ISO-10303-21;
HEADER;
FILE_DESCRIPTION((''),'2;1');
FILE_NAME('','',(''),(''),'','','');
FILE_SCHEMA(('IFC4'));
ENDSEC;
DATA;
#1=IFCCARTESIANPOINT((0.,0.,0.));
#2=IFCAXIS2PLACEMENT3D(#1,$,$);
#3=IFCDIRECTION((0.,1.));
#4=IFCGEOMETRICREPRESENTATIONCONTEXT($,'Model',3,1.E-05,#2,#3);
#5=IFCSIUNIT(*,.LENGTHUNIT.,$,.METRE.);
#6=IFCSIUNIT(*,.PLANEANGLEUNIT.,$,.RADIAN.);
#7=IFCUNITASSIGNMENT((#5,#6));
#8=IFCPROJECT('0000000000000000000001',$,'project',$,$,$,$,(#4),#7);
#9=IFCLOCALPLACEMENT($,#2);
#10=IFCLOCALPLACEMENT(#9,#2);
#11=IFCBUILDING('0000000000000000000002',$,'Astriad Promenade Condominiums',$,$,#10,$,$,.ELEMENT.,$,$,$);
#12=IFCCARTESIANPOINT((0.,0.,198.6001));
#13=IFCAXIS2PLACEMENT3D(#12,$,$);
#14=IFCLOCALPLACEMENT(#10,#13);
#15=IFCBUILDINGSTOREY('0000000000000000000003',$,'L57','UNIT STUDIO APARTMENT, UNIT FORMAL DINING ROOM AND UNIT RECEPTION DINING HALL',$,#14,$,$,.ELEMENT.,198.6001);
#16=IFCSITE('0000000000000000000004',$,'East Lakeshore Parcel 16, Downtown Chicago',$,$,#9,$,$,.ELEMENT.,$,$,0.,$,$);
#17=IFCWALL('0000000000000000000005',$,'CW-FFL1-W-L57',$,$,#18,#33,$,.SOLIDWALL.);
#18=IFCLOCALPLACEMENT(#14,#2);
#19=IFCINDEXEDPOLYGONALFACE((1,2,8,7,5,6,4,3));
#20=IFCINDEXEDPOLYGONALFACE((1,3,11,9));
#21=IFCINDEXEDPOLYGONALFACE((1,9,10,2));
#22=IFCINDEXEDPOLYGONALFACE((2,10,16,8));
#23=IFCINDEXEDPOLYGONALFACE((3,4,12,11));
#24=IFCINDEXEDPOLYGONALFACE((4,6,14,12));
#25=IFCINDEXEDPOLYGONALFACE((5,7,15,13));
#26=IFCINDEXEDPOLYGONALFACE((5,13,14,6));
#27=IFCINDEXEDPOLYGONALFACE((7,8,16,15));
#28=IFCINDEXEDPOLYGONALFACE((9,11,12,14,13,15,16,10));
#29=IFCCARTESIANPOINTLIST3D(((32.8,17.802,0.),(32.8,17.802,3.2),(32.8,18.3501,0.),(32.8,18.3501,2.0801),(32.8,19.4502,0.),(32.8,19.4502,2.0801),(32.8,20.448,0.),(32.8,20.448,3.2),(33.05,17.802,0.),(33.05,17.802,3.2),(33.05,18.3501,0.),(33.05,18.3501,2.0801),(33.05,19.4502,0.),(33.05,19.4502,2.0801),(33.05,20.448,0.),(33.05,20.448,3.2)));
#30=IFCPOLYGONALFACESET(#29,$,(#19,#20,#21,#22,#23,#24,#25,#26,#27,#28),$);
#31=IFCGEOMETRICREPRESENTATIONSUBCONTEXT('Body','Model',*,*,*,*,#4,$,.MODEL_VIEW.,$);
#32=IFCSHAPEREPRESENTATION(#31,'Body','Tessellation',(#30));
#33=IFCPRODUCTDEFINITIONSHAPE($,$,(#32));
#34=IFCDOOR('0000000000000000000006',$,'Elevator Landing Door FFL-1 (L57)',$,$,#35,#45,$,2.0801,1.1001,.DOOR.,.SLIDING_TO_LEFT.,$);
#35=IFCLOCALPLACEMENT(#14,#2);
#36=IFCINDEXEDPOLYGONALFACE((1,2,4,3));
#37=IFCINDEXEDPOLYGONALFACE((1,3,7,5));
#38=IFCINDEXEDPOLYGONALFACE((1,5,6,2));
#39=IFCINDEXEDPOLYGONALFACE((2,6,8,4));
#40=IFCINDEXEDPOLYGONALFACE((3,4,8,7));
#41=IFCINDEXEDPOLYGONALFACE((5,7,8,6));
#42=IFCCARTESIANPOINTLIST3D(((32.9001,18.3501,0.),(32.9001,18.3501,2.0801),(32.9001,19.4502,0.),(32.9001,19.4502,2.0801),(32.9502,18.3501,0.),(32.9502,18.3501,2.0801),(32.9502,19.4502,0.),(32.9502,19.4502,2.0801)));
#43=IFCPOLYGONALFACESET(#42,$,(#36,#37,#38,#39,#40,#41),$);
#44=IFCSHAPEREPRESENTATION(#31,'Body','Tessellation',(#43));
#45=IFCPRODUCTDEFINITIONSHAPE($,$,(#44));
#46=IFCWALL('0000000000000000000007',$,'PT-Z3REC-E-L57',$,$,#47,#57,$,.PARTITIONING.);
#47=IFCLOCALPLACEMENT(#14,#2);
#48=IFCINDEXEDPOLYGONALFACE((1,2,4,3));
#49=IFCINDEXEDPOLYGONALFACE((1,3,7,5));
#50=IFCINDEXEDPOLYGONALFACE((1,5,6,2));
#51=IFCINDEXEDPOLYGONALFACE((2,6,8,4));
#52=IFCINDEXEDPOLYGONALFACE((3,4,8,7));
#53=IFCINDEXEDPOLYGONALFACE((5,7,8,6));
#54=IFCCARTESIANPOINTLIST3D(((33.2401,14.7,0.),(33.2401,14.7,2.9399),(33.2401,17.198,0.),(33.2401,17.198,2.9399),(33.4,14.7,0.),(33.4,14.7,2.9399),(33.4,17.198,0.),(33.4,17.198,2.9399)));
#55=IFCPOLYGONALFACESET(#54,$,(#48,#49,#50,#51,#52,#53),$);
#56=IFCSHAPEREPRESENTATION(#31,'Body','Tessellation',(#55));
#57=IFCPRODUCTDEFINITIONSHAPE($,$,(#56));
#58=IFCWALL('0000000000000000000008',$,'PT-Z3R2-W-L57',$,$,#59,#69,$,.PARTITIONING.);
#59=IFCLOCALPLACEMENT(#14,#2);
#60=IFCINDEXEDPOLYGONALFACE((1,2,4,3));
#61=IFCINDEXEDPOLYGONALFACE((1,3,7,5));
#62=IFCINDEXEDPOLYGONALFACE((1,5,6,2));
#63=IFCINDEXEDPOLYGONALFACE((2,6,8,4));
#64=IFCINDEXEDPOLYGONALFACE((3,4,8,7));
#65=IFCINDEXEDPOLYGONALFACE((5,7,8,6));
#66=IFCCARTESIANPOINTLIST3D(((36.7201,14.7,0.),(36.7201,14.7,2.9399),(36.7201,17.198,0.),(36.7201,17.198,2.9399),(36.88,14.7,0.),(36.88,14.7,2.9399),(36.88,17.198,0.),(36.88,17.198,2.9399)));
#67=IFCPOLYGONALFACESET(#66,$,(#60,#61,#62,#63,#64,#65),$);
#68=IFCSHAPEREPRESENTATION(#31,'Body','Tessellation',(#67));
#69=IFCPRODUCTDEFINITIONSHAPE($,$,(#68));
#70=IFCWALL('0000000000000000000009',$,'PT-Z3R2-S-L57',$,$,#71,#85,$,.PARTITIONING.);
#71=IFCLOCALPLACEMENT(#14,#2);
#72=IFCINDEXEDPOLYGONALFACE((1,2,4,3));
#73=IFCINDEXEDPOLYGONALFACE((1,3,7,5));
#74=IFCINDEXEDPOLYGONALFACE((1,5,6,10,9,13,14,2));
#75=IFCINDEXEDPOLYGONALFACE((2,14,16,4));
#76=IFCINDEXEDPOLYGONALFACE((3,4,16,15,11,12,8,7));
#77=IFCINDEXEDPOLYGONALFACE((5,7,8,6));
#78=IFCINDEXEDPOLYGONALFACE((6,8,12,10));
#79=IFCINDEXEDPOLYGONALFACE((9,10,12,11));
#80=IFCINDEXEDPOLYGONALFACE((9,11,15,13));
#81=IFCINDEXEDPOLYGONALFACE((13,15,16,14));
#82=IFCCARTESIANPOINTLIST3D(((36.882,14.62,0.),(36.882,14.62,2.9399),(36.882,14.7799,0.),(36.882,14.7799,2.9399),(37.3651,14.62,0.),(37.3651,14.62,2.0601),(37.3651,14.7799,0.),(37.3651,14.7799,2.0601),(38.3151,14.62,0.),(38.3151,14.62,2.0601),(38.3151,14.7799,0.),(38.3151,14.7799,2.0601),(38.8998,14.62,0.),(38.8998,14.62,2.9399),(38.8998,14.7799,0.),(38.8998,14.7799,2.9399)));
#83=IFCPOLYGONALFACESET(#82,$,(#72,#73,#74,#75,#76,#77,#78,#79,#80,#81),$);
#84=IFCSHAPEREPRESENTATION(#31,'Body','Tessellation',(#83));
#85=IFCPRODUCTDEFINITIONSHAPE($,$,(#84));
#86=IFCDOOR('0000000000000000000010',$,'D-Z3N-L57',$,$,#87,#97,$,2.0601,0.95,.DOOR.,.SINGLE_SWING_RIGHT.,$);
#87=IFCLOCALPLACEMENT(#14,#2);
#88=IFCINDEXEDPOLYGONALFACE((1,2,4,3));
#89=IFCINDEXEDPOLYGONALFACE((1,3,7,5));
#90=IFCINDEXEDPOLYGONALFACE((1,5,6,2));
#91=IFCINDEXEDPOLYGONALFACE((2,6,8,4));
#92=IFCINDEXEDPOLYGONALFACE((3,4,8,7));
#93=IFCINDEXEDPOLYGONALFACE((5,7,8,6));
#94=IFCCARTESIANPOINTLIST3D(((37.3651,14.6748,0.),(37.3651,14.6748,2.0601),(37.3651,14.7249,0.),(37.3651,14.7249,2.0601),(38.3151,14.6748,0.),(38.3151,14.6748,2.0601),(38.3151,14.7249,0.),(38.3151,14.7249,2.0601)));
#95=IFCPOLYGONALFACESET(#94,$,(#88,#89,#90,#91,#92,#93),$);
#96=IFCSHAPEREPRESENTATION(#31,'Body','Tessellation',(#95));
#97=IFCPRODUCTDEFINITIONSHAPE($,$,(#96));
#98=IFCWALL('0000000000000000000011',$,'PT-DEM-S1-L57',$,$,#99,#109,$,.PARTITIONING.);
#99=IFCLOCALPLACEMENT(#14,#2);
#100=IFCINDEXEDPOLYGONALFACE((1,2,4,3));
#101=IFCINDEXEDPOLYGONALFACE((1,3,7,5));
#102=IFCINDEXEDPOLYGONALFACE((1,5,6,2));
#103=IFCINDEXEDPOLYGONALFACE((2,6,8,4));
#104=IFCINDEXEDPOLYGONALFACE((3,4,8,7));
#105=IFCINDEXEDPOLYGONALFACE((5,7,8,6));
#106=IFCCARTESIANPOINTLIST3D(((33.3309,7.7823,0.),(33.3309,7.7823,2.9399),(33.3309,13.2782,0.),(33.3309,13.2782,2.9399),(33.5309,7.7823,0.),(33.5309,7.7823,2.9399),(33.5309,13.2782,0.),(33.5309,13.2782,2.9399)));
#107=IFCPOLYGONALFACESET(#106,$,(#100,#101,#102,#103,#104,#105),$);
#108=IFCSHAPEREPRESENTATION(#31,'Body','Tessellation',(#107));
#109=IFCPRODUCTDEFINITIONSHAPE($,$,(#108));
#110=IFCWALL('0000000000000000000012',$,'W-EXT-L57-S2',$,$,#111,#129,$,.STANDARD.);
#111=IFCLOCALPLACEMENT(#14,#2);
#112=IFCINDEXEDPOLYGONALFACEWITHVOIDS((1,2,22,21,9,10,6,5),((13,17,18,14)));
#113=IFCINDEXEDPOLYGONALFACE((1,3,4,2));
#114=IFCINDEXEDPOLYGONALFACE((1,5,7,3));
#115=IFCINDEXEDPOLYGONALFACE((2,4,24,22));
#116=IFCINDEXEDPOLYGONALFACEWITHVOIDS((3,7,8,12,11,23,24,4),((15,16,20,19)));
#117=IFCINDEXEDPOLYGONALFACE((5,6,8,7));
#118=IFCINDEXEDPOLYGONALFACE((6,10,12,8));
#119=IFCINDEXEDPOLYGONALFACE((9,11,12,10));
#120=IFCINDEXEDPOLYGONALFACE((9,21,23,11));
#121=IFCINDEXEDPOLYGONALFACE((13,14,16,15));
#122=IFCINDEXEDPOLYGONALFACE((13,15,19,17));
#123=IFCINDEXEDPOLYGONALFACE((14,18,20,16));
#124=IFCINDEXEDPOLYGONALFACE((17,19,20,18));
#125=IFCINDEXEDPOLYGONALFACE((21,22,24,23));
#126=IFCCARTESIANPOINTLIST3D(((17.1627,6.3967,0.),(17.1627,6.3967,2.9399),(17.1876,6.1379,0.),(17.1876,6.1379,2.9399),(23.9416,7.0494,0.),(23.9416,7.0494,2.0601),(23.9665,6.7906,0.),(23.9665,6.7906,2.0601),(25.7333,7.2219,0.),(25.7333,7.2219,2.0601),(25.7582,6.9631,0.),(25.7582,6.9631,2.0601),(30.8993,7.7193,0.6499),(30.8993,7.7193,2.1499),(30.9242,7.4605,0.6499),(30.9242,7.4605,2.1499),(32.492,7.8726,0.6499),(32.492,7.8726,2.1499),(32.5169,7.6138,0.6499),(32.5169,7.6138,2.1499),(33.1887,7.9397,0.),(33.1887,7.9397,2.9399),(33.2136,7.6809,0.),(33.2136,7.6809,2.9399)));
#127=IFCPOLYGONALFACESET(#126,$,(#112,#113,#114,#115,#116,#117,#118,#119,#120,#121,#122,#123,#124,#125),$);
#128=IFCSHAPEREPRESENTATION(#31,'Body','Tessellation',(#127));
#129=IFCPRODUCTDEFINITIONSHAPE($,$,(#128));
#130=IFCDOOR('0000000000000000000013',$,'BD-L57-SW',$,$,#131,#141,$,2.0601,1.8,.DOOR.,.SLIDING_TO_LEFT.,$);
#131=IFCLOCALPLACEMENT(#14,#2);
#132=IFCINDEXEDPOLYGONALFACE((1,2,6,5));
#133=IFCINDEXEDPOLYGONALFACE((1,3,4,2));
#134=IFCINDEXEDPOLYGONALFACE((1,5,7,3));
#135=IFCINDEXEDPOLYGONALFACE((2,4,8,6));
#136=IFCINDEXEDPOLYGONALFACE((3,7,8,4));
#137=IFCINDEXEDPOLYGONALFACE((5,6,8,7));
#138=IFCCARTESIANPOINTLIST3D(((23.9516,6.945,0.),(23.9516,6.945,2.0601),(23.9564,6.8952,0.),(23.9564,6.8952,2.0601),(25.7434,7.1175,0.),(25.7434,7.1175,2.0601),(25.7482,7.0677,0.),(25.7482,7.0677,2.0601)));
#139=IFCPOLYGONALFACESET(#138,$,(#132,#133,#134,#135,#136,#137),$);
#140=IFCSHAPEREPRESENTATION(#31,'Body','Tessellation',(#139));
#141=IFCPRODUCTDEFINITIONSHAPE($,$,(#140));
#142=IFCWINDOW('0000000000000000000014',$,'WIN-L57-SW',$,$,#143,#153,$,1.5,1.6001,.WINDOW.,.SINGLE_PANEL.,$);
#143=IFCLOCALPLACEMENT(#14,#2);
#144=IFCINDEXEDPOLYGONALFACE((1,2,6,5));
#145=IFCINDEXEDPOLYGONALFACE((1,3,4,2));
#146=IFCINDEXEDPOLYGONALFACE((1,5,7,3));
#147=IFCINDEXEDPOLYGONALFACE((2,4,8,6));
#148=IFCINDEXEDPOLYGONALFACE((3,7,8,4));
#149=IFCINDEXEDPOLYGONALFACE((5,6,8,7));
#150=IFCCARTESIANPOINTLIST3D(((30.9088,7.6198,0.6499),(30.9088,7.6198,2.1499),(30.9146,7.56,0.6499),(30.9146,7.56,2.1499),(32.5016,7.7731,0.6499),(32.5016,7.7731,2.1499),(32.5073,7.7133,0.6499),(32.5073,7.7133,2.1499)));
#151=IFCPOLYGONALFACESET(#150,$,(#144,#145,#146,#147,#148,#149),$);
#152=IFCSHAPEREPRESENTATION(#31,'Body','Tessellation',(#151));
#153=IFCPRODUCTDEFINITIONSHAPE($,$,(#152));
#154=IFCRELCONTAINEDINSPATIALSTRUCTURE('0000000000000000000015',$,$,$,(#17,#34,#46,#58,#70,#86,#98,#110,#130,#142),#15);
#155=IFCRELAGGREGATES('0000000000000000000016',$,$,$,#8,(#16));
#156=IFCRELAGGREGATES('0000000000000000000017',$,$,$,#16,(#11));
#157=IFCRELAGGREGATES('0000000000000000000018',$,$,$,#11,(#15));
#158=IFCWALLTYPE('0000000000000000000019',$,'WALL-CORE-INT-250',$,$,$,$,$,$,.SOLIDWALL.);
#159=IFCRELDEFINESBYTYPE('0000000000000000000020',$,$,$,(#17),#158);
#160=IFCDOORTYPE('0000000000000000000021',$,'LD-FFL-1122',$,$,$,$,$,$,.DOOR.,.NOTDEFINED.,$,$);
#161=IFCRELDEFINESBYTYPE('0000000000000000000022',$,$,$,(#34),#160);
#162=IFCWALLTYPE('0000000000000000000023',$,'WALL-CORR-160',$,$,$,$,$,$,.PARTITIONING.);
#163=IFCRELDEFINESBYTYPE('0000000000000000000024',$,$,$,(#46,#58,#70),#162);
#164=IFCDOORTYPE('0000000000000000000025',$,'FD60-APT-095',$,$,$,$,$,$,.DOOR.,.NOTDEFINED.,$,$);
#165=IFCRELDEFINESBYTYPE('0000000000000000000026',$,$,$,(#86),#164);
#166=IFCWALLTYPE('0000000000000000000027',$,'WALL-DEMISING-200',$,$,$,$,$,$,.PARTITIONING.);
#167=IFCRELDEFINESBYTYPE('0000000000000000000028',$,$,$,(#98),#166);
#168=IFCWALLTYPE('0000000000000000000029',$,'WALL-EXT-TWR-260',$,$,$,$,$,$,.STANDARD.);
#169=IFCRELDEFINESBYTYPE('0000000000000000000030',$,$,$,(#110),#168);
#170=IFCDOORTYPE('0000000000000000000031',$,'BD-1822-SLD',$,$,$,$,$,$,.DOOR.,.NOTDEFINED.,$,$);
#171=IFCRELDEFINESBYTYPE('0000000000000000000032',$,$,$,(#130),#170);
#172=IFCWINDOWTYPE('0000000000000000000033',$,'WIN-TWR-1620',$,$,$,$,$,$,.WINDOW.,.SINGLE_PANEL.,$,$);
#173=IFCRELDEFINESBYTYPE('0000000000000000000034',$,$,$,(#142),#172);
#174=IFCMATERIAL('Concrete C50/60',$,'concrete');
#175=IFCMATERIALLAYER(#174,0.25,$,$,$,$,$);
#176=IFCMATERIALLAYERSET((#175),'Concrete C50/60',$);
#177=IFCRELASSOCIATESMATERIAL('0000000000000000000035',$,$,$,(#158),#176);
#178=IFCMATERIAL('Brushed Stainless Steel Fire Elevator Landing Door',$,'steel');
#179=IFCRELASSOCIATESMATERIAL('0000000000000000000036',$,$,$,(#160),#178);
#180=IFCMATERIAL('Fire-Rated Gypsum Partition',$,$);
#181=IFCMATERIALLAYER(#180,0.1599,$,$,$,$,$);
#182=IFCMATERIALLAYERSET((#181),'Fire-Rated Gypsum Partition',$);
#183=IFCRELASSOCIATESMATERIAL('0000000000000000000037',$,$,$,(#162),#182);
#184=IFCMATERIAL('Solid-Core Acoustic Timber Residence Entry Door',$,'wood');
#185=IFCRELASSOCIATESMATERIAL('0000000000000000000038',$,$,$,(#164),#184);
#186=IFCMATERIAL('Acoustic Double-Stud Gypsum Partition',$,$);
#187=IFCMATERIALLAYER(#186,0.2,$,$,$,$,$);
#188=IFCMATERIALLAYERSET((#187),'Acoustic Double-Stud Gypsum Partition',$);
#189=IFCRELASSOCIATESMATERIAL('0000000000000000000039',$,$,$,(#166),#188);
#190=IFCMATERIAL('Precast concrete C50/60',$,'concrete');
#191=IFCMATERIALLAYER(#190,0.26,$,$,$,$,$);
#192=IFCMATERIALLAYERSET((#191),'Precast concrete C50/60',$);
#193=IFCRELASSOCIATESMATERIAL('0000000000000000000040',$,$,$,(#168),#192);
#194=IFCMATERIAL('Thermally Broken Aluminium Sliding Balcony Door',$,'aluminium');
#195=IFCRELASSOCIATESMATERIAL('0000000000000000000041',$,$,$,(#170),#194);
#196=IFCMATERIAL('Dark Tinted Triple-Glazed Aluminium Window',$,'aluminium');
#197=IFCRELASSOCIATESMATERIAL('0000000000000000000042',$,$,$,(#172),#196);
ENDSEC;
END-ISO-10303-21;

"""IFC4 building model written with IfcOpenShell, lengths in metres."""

from ifc_helpers import new_model, si_unit, direction, frame, frame_2d, origin, place, context, subcontext, project, spatial, rectangle, extrude, source, transform, mapped, material, layer, layer_set, type_object, type_shapes, element, fill, save


model = new_model("IFC4")

# Units and contexts
model_context = context("Model", 3, precision=1e-05, world=origin(), true_north=direction((0.0, 1.0)))
body_context = subcontext(model_context, "Body", "Model", "MODEL_VIEW")
ifc_project = project(units=[si_unit("LENGTHUNIT", "METRE"), si_unit("PLANEANGLEUNIT", "RADIAN")], contexts=[model_context])

# Site, building, storey
site_placement = place(None, origin())
site = spatial("IfcSite", under=ifc_project, at=site_placement, Name="East Lakeshore Parcel 16, Downtown Chicago", CompositionType="ELEMENT", RefElevation=0.0)
building_placement = place(site_placement, origin())
building = spatial("IfcBuilding", under=site, at=building_placement, Name="Astriad Promenade Condominiums", CompositionType="ELEMENT")
storey_placement = place(building_placement, frame((0.0, 0.0, 198.6001)))
storey = spatial("IfcBuildingStorey", under=building, at=storey_placement, Name="L57", Description="UNIT STUDIO APARTMENT, UNIT FORMAL DINING ROOM AND UNIT RECEPTION DINING HALL", CompositionType="ELEMENT", Elevation=198.6001)

# Wall, opening, door
ifc_material_1 = material(Name="Concrete C50/60", Category="concrete")
ifc_layer_1 = layer(ifc_material_1, 0.25)
ifc_layer_set_1 = layer_set([ifc_layer_1], Name="Concrete C50/60")
wall_type_1 = type_object("IfcWallType", Name="WALL-CORE-INT-250", PredefinedType="SOLIDWALL", material=ifc_layer_set_1)
wall_1_placement = place(storey_placement, frame((32.925, 17.802, 0.0), z_axis=(0.0, 0.0, 1.0), x_axis=(0.0, 1.0, 0.0)))
wall_1 = element("IfcWall", 1, at=wall_1_placement, inside=storey, type_object=wall_type_1, Name="CW-FFL1-W-L57", PredefinedType="SOLIDWALL", context=body_context, shape_type="SweptSolid", body=[
    extrude(rectangle(XDim=2.646, YDim=0.25, at=frame_2d((1.323, 0.0))), origin(), (0.0, 0.0, 1.0), 3.2),
])
opening_1_placement = place(wall_1_placement, frame((0.5481, 0.0, 0.0)))
opening_1 = element("IfcOpeningElement", 2, at=opening_1_placement, cuts=wall_1, PredefinedType="OPENING", context=body_context, shape_type="SweptSolid", body=[
    extrude(rectangle(XDim=1.1001, YDim=2.0801, at=frame_2d((0.55, 1.04))), frame((0.0, 0.135, 0.0), z_axis=(0.0, -1.0, 0.0), x_axis=(1.0, 0.0, 0.0)), (0.0, 0.0, 1.0), 0.27),
])
ifc_material_2 = material(Name="Brushed Stainless Steel Fire Elevator Landing Door", Category="steel")
door_type_1 = type_object("IfcDoorType", Name="LD-FFL-1122", OperationType="NOTDEFINED", PredefinedType="DOOR", material=ifc_material_2)
shared_shape_1 = source(origin(), body_context, "Body", "SweptSolid", [
    extrude(rectangle(XDim=1.1001, YDim=2.0801, at=frame_2d((0.55, 1.04))), frame((0.0, 0.0249, 0.0), z_axis=(0.0, -1.0, 0.0), x_axis=(1.0, 0.0, 0.0)), (0.0, 0.0, 1.0), 0.05),
])
type_shapes(door_type_1, [shared_shape_1])
door_1_placement = place(opening_1_placement, origin())
door_1 = element("IfcDoor", 3, at=door_1_placement, inside=storey, type_object=door_type_1, Name="Elevator Landing Door FFL-1 (L57)", OperationType="SLIDING_TO_LEFT", OverallHeight=2.0801, OverallWidth=1.1001, PredefinedType="DOOR", context=body_context, shape_type="MappedRepresentation", body=[
    mapped(shared_shape_1, transform((0.0, 0.0, 0.0), scale=1.0)),
])
fill(opening_1, door_1)

# Walls
ifc_material_3 = material(Name="Fire-Rated Gypsum Partition")
ifc_layer_2 = layer(ifc_material_3, 0.1599)
ifc_layer_set_2 = layer_set([ifc_layer_2], Name="Fire-Rated Gypsum Partition")
wall_type_2 = type_object("IfcWallType", Name="WALL-CORR-160", PredefinedType="PARTITIONING", material=ifc_layer_set_2)
for number, where, z_axis, x_axis, name in (
    (4, (33.3201, 14.7, 0.0), (0.0, 0.0, 1.0), (0.0, 1.0, 0.0), "PT-Z3REC-E-L57"),
    (5, (36.8, 14.7, 0.0), (0.0, 0.0, 1.0), (0.0, 1.0, 0.0), "PT-Z3R2-W-L57"),
):
    element("IfcWall", number, at=place(storey_placement, frame(where, z_axis=z_axis, x_axis=x_axis)), inside=storey, type_object=wall_type_2, Name=name, PredefinedType="PARTITIONING", context=body_context, shape_type="SweptSolid", body=[
        extrude(rectangle(XDim=2.498, YDim=0.1599, at=frame_2d((1.249, 0.0))), origin(), (0.0, 0.0, 1.0), 2.9399),
    ])

# Wall, opening, door
wall_2_placement = place(storey_placement, frame((36.8821, 14.7, 0.0), z_axis=(0.0, 0.0, 1.0), x_axis=(1.0, 0.0, 0.0)))
wall_2 = element("IfcWall", 6, at=wall_2_placement, inside=storey, type_object=wall_type_2, Name="PT-Z3R2-S-L57", PredefinedType="PARTITIONING", context=body_context, shape_type="SweptSolid", body=[
    extrude(rectangle(XDim=2.0178, YDim=0.1599, at=frame_2d((1.0088, 0.0))), origin(), (0.0, 0.0, 1.0), 2.9399),
])
opening_2_placement = place(wall_2_placement, frame((0.4829, 0.0, 0.0)))
opening_2 = element("IfcOpeningElement", 7, at=opening_2_placement, cuts=wall_2, PredefinedType="OPENING", context=body_context, shape_type="SweptSolid", body=[
    extrude(rectangle(XDim=0.95, YDim=2.0601, at=frame_2d((0.4751, 1.03))), frame((0.0, 0.0898, 0.0), z_axis=(0.0, -1.0, 0.0), x_axis=(1.0, 0.0, 0.0)), (0.0, 0.0, 1.0), 0.1799),
])
ifc_material_4 = material(Name="Solid-Core Acoustic Timber Residence Entry Door", Category="wood")
door_type_2 = type_object("IfcDoorType", Name="FD60-APT-095", OperationType="NOTDEFINED", PredefinedType="DOOR", material=ifc_material_4)
shared_shape_2 = source(origin(), body_context, "Body", "SweptSolid", [
    extrude(rectangle(XDim=0.95, YDim=2.0601, at=frame_2d((0.4751, 1.03))), frame((0.0, 0.0249, 0.0), z_axis=(0.0, -1.0, 0.0), x_axis=(1.0, 0.0, 0.0)), (0.0, 0.0, 1.0), 0.05),
])
type_shapes(door_type_2, [shared_shape_2])
door_2_placement = place(opening_2_placement, origin())
door_2 = element("IfcDoor", 8, at=door_2_placement, inside=storey, type_object=door_type_2, Name="D-Z3N-L57", OperationType="SINGLE_SWING_RIGHT", OverallHeight=2.0601, OverallWidth=0.95, PredefinedType="DOOR", context=body_context, shape_type="MappedRepresentation", body=[
    mapped(shared_shape_2, transform((0.0, 0.0, 0.0), scale=1.0)),
])
fill(opening_2, door_2)

# Wall
ifc_material_5 = material(Name="Acoustic Double-Stud Gypsum Partition")
ifc_layer_3 = layer(ifc_material_5, 0.2)
ifc_layer_set_3 = layer_set([ifc_layer_3], Name="Acoustic Double-Stud Gypsum Partition")
wall_type_3 = type_object("IfcWallType", Name="WALL-DEMISING-200", PredefinedType="PARTITIONING", material=ifc_layer_set_3)
wall_3_placement = place(storey_placement, frame((33.4309, 7.7822, 0.0), z_axis=(0.0, 0.0, 1.0), x_axis=(0.0, 1.0, 0.0)))
element("IfcWall", 9, at=wall_3_placement, inside=storey, type_object=wall_type_3, Name="PT-DEM-S1-L57", PredefinedType="PARTITIONING", context=body_context, shape_type="SweptSolid", body=[
    extrude(rectangle(XDim=5.4958, YDim=0.2, at=frame_2d((2.748, 0.0))), origin(), (0.0, 0.0, 1.0), 2.9399),
])

# Wall, openings, door, window
ifc_material_6 = material(Name="Precast concrete C50/60", Category="concrete")
ifc_layer_4 = layer(ifc_material_6, 0.26)
ifc_layer_set_4 = layer_set([ifc_layer_4], Name="Precast concrete C50/60")
wall_type_4 = type_object("IfcWallType", Name="WALL-EXT-TWR-260", PredefinedType="STANDARD", material=ifc_layer_set_4)
wall_4_placement = place(storey_placement, frame((33.2012, 7.8103, 0.0), z_axis=(0.0, 0.0, 1.0), x_axis=(-0.995397, -0.095837, 0.0)))
wall_4 = element("IfcWall", 10, at=wall_4_placement, inside=storey, type_object=wall_type_4, Name="W-EXT-L57-S2", PredefinedType="STANDARD", context=body_context, shape_type="SweptSolid", body=[
    extrude(rectangle(XDim=16.1001, YDim=0.26, at=frame_2d((8.05, 0.0))), origin(), (0.0, 0.0, 1.0), 2.9399),
])
opening_3_placement = place(wall_4_placement, frame((7.49, 0.0, 0.0)))
opening_3 = element("IfcOpeningElement", 11, at=opening_3_placement, cuts=wall_4, PredefinedType="OPENING", context=body_context, shape_type="SweptSolid", body=[
    extrude(rectangle(XDim=1.8, YDim=2.0601, at=frame_2d((0.8999, 1.03))), frame((0.0, 0.1399, 0.0), z_axis=(0.0, -1.0, 0.0), x_axis=(1.0, 0.0, 0.0)), (0.0, 0.0, 1.0), 0.28),
])
opening_4_placement = place(wall_4_placement, frame((0.7, 0.0, 0.6499)))
opening_4 = element("IfcOpeningElement", 12, at=opening_4_placement, cuts=wall_4, PredefinedType="OPENING", context=body_context, shape_type="SweptSolid", body=[
    extrude(rectangle(XDim=1.6001, YDim=1.5, at=frame_2d((0.8, 0.75))), frame((0.0, 0.1399, 0.0), z_axis=(0.0, -1.0, 0.0), x_axis=(1.0, 0.0, 0.0)), (0.0, 0.0, 1.0), 0.28),
])
ifc_material_7 = material(Name="Thermally Broken Aluminium Sliding Balcony Door", Category="aluminium")
door_type_3 = type_object("IfcDoorType", Name="BD-1822-SLD", OperationType="NOTDEFINED", PredefinedType="DOOR", material=ifc_material_7)
shared_shape_3 = source(origin(), body_context, "Body", "SweptSolid", [
    extrude(rectangle(XDim=1.8, YDim=2.0601, at=frame_2d((0.8999, 1.03))), frame((0.0, 0.0249, 0.0), z_axis=(0.0, -1.0, 0.0), x_axis=(1.0, 0.0, 0.0)), (0.0, 0.0, 1.0), 0.05),
])
type_shapes(door_type_3, [shared_shape_3])
door_3_placement = place(opening_3_placement, origin())
door_3 = element("IfcDoor", 13, at=door_3_placement, inside=storey, type_object=door_type_3, Name="BD-L57-SW", OperationType="SLIDING_TO_LEFT", OverallHeight=2.0601, OverallWidth=1.8, PredefinedType="DOOR", context=body_context, shape_type="MappedRepresentation", body=[
    mapped(shared_shape_3, transform((0.0, 0.0, 0.0), scale=1.0)),
])
fill(opening_3, door_3)
ifc_material_8 = material(Name="Dark Tinted Triple-Glazed Aluminium Window", Category="aluminium")
window_type = type_object("IfcWindowType", Name="WIN-TWR-1620", PartitioningType="SINGLE_PANEL", PredefinedType="WINDOW", material=ifc_material_8)
shared_shape_4 = source(origin(), body_context, "Body", "SweptSolid", [
    extrude(rectangle(XDim=1.6001, YDim=1.5, at=frame_2d((0.8, 0.75))), frame((0.0, 0.03, 0.0), z_axis=(0.0, -1.0, 0.0), x_axis=(1.0, 0.0, 0.0)), (0.0, 0.0, 1.0), 0.0601),
])
type_shapes(window_type, [shared_shape_4])
window_placement = place(opening_4_placement, origin())
window = element("IfcWindow", 14, at=window_placement, inside=storey, type_object=window_type, Name="WIN-L57-SW", OverallHeight=1.5, OverallWidth=1.6001, PartitioningType="SINGLE_PANEL", PredefinedType="WINDOW", context=body_context, shape_type="MappedRepresentation", body=[
    mapped(shared_shape_4, transform((0.0, 0.0, 0.0), scale=1.0)),
])
fill(opening_4, window)

save(model, "model.ifc")
